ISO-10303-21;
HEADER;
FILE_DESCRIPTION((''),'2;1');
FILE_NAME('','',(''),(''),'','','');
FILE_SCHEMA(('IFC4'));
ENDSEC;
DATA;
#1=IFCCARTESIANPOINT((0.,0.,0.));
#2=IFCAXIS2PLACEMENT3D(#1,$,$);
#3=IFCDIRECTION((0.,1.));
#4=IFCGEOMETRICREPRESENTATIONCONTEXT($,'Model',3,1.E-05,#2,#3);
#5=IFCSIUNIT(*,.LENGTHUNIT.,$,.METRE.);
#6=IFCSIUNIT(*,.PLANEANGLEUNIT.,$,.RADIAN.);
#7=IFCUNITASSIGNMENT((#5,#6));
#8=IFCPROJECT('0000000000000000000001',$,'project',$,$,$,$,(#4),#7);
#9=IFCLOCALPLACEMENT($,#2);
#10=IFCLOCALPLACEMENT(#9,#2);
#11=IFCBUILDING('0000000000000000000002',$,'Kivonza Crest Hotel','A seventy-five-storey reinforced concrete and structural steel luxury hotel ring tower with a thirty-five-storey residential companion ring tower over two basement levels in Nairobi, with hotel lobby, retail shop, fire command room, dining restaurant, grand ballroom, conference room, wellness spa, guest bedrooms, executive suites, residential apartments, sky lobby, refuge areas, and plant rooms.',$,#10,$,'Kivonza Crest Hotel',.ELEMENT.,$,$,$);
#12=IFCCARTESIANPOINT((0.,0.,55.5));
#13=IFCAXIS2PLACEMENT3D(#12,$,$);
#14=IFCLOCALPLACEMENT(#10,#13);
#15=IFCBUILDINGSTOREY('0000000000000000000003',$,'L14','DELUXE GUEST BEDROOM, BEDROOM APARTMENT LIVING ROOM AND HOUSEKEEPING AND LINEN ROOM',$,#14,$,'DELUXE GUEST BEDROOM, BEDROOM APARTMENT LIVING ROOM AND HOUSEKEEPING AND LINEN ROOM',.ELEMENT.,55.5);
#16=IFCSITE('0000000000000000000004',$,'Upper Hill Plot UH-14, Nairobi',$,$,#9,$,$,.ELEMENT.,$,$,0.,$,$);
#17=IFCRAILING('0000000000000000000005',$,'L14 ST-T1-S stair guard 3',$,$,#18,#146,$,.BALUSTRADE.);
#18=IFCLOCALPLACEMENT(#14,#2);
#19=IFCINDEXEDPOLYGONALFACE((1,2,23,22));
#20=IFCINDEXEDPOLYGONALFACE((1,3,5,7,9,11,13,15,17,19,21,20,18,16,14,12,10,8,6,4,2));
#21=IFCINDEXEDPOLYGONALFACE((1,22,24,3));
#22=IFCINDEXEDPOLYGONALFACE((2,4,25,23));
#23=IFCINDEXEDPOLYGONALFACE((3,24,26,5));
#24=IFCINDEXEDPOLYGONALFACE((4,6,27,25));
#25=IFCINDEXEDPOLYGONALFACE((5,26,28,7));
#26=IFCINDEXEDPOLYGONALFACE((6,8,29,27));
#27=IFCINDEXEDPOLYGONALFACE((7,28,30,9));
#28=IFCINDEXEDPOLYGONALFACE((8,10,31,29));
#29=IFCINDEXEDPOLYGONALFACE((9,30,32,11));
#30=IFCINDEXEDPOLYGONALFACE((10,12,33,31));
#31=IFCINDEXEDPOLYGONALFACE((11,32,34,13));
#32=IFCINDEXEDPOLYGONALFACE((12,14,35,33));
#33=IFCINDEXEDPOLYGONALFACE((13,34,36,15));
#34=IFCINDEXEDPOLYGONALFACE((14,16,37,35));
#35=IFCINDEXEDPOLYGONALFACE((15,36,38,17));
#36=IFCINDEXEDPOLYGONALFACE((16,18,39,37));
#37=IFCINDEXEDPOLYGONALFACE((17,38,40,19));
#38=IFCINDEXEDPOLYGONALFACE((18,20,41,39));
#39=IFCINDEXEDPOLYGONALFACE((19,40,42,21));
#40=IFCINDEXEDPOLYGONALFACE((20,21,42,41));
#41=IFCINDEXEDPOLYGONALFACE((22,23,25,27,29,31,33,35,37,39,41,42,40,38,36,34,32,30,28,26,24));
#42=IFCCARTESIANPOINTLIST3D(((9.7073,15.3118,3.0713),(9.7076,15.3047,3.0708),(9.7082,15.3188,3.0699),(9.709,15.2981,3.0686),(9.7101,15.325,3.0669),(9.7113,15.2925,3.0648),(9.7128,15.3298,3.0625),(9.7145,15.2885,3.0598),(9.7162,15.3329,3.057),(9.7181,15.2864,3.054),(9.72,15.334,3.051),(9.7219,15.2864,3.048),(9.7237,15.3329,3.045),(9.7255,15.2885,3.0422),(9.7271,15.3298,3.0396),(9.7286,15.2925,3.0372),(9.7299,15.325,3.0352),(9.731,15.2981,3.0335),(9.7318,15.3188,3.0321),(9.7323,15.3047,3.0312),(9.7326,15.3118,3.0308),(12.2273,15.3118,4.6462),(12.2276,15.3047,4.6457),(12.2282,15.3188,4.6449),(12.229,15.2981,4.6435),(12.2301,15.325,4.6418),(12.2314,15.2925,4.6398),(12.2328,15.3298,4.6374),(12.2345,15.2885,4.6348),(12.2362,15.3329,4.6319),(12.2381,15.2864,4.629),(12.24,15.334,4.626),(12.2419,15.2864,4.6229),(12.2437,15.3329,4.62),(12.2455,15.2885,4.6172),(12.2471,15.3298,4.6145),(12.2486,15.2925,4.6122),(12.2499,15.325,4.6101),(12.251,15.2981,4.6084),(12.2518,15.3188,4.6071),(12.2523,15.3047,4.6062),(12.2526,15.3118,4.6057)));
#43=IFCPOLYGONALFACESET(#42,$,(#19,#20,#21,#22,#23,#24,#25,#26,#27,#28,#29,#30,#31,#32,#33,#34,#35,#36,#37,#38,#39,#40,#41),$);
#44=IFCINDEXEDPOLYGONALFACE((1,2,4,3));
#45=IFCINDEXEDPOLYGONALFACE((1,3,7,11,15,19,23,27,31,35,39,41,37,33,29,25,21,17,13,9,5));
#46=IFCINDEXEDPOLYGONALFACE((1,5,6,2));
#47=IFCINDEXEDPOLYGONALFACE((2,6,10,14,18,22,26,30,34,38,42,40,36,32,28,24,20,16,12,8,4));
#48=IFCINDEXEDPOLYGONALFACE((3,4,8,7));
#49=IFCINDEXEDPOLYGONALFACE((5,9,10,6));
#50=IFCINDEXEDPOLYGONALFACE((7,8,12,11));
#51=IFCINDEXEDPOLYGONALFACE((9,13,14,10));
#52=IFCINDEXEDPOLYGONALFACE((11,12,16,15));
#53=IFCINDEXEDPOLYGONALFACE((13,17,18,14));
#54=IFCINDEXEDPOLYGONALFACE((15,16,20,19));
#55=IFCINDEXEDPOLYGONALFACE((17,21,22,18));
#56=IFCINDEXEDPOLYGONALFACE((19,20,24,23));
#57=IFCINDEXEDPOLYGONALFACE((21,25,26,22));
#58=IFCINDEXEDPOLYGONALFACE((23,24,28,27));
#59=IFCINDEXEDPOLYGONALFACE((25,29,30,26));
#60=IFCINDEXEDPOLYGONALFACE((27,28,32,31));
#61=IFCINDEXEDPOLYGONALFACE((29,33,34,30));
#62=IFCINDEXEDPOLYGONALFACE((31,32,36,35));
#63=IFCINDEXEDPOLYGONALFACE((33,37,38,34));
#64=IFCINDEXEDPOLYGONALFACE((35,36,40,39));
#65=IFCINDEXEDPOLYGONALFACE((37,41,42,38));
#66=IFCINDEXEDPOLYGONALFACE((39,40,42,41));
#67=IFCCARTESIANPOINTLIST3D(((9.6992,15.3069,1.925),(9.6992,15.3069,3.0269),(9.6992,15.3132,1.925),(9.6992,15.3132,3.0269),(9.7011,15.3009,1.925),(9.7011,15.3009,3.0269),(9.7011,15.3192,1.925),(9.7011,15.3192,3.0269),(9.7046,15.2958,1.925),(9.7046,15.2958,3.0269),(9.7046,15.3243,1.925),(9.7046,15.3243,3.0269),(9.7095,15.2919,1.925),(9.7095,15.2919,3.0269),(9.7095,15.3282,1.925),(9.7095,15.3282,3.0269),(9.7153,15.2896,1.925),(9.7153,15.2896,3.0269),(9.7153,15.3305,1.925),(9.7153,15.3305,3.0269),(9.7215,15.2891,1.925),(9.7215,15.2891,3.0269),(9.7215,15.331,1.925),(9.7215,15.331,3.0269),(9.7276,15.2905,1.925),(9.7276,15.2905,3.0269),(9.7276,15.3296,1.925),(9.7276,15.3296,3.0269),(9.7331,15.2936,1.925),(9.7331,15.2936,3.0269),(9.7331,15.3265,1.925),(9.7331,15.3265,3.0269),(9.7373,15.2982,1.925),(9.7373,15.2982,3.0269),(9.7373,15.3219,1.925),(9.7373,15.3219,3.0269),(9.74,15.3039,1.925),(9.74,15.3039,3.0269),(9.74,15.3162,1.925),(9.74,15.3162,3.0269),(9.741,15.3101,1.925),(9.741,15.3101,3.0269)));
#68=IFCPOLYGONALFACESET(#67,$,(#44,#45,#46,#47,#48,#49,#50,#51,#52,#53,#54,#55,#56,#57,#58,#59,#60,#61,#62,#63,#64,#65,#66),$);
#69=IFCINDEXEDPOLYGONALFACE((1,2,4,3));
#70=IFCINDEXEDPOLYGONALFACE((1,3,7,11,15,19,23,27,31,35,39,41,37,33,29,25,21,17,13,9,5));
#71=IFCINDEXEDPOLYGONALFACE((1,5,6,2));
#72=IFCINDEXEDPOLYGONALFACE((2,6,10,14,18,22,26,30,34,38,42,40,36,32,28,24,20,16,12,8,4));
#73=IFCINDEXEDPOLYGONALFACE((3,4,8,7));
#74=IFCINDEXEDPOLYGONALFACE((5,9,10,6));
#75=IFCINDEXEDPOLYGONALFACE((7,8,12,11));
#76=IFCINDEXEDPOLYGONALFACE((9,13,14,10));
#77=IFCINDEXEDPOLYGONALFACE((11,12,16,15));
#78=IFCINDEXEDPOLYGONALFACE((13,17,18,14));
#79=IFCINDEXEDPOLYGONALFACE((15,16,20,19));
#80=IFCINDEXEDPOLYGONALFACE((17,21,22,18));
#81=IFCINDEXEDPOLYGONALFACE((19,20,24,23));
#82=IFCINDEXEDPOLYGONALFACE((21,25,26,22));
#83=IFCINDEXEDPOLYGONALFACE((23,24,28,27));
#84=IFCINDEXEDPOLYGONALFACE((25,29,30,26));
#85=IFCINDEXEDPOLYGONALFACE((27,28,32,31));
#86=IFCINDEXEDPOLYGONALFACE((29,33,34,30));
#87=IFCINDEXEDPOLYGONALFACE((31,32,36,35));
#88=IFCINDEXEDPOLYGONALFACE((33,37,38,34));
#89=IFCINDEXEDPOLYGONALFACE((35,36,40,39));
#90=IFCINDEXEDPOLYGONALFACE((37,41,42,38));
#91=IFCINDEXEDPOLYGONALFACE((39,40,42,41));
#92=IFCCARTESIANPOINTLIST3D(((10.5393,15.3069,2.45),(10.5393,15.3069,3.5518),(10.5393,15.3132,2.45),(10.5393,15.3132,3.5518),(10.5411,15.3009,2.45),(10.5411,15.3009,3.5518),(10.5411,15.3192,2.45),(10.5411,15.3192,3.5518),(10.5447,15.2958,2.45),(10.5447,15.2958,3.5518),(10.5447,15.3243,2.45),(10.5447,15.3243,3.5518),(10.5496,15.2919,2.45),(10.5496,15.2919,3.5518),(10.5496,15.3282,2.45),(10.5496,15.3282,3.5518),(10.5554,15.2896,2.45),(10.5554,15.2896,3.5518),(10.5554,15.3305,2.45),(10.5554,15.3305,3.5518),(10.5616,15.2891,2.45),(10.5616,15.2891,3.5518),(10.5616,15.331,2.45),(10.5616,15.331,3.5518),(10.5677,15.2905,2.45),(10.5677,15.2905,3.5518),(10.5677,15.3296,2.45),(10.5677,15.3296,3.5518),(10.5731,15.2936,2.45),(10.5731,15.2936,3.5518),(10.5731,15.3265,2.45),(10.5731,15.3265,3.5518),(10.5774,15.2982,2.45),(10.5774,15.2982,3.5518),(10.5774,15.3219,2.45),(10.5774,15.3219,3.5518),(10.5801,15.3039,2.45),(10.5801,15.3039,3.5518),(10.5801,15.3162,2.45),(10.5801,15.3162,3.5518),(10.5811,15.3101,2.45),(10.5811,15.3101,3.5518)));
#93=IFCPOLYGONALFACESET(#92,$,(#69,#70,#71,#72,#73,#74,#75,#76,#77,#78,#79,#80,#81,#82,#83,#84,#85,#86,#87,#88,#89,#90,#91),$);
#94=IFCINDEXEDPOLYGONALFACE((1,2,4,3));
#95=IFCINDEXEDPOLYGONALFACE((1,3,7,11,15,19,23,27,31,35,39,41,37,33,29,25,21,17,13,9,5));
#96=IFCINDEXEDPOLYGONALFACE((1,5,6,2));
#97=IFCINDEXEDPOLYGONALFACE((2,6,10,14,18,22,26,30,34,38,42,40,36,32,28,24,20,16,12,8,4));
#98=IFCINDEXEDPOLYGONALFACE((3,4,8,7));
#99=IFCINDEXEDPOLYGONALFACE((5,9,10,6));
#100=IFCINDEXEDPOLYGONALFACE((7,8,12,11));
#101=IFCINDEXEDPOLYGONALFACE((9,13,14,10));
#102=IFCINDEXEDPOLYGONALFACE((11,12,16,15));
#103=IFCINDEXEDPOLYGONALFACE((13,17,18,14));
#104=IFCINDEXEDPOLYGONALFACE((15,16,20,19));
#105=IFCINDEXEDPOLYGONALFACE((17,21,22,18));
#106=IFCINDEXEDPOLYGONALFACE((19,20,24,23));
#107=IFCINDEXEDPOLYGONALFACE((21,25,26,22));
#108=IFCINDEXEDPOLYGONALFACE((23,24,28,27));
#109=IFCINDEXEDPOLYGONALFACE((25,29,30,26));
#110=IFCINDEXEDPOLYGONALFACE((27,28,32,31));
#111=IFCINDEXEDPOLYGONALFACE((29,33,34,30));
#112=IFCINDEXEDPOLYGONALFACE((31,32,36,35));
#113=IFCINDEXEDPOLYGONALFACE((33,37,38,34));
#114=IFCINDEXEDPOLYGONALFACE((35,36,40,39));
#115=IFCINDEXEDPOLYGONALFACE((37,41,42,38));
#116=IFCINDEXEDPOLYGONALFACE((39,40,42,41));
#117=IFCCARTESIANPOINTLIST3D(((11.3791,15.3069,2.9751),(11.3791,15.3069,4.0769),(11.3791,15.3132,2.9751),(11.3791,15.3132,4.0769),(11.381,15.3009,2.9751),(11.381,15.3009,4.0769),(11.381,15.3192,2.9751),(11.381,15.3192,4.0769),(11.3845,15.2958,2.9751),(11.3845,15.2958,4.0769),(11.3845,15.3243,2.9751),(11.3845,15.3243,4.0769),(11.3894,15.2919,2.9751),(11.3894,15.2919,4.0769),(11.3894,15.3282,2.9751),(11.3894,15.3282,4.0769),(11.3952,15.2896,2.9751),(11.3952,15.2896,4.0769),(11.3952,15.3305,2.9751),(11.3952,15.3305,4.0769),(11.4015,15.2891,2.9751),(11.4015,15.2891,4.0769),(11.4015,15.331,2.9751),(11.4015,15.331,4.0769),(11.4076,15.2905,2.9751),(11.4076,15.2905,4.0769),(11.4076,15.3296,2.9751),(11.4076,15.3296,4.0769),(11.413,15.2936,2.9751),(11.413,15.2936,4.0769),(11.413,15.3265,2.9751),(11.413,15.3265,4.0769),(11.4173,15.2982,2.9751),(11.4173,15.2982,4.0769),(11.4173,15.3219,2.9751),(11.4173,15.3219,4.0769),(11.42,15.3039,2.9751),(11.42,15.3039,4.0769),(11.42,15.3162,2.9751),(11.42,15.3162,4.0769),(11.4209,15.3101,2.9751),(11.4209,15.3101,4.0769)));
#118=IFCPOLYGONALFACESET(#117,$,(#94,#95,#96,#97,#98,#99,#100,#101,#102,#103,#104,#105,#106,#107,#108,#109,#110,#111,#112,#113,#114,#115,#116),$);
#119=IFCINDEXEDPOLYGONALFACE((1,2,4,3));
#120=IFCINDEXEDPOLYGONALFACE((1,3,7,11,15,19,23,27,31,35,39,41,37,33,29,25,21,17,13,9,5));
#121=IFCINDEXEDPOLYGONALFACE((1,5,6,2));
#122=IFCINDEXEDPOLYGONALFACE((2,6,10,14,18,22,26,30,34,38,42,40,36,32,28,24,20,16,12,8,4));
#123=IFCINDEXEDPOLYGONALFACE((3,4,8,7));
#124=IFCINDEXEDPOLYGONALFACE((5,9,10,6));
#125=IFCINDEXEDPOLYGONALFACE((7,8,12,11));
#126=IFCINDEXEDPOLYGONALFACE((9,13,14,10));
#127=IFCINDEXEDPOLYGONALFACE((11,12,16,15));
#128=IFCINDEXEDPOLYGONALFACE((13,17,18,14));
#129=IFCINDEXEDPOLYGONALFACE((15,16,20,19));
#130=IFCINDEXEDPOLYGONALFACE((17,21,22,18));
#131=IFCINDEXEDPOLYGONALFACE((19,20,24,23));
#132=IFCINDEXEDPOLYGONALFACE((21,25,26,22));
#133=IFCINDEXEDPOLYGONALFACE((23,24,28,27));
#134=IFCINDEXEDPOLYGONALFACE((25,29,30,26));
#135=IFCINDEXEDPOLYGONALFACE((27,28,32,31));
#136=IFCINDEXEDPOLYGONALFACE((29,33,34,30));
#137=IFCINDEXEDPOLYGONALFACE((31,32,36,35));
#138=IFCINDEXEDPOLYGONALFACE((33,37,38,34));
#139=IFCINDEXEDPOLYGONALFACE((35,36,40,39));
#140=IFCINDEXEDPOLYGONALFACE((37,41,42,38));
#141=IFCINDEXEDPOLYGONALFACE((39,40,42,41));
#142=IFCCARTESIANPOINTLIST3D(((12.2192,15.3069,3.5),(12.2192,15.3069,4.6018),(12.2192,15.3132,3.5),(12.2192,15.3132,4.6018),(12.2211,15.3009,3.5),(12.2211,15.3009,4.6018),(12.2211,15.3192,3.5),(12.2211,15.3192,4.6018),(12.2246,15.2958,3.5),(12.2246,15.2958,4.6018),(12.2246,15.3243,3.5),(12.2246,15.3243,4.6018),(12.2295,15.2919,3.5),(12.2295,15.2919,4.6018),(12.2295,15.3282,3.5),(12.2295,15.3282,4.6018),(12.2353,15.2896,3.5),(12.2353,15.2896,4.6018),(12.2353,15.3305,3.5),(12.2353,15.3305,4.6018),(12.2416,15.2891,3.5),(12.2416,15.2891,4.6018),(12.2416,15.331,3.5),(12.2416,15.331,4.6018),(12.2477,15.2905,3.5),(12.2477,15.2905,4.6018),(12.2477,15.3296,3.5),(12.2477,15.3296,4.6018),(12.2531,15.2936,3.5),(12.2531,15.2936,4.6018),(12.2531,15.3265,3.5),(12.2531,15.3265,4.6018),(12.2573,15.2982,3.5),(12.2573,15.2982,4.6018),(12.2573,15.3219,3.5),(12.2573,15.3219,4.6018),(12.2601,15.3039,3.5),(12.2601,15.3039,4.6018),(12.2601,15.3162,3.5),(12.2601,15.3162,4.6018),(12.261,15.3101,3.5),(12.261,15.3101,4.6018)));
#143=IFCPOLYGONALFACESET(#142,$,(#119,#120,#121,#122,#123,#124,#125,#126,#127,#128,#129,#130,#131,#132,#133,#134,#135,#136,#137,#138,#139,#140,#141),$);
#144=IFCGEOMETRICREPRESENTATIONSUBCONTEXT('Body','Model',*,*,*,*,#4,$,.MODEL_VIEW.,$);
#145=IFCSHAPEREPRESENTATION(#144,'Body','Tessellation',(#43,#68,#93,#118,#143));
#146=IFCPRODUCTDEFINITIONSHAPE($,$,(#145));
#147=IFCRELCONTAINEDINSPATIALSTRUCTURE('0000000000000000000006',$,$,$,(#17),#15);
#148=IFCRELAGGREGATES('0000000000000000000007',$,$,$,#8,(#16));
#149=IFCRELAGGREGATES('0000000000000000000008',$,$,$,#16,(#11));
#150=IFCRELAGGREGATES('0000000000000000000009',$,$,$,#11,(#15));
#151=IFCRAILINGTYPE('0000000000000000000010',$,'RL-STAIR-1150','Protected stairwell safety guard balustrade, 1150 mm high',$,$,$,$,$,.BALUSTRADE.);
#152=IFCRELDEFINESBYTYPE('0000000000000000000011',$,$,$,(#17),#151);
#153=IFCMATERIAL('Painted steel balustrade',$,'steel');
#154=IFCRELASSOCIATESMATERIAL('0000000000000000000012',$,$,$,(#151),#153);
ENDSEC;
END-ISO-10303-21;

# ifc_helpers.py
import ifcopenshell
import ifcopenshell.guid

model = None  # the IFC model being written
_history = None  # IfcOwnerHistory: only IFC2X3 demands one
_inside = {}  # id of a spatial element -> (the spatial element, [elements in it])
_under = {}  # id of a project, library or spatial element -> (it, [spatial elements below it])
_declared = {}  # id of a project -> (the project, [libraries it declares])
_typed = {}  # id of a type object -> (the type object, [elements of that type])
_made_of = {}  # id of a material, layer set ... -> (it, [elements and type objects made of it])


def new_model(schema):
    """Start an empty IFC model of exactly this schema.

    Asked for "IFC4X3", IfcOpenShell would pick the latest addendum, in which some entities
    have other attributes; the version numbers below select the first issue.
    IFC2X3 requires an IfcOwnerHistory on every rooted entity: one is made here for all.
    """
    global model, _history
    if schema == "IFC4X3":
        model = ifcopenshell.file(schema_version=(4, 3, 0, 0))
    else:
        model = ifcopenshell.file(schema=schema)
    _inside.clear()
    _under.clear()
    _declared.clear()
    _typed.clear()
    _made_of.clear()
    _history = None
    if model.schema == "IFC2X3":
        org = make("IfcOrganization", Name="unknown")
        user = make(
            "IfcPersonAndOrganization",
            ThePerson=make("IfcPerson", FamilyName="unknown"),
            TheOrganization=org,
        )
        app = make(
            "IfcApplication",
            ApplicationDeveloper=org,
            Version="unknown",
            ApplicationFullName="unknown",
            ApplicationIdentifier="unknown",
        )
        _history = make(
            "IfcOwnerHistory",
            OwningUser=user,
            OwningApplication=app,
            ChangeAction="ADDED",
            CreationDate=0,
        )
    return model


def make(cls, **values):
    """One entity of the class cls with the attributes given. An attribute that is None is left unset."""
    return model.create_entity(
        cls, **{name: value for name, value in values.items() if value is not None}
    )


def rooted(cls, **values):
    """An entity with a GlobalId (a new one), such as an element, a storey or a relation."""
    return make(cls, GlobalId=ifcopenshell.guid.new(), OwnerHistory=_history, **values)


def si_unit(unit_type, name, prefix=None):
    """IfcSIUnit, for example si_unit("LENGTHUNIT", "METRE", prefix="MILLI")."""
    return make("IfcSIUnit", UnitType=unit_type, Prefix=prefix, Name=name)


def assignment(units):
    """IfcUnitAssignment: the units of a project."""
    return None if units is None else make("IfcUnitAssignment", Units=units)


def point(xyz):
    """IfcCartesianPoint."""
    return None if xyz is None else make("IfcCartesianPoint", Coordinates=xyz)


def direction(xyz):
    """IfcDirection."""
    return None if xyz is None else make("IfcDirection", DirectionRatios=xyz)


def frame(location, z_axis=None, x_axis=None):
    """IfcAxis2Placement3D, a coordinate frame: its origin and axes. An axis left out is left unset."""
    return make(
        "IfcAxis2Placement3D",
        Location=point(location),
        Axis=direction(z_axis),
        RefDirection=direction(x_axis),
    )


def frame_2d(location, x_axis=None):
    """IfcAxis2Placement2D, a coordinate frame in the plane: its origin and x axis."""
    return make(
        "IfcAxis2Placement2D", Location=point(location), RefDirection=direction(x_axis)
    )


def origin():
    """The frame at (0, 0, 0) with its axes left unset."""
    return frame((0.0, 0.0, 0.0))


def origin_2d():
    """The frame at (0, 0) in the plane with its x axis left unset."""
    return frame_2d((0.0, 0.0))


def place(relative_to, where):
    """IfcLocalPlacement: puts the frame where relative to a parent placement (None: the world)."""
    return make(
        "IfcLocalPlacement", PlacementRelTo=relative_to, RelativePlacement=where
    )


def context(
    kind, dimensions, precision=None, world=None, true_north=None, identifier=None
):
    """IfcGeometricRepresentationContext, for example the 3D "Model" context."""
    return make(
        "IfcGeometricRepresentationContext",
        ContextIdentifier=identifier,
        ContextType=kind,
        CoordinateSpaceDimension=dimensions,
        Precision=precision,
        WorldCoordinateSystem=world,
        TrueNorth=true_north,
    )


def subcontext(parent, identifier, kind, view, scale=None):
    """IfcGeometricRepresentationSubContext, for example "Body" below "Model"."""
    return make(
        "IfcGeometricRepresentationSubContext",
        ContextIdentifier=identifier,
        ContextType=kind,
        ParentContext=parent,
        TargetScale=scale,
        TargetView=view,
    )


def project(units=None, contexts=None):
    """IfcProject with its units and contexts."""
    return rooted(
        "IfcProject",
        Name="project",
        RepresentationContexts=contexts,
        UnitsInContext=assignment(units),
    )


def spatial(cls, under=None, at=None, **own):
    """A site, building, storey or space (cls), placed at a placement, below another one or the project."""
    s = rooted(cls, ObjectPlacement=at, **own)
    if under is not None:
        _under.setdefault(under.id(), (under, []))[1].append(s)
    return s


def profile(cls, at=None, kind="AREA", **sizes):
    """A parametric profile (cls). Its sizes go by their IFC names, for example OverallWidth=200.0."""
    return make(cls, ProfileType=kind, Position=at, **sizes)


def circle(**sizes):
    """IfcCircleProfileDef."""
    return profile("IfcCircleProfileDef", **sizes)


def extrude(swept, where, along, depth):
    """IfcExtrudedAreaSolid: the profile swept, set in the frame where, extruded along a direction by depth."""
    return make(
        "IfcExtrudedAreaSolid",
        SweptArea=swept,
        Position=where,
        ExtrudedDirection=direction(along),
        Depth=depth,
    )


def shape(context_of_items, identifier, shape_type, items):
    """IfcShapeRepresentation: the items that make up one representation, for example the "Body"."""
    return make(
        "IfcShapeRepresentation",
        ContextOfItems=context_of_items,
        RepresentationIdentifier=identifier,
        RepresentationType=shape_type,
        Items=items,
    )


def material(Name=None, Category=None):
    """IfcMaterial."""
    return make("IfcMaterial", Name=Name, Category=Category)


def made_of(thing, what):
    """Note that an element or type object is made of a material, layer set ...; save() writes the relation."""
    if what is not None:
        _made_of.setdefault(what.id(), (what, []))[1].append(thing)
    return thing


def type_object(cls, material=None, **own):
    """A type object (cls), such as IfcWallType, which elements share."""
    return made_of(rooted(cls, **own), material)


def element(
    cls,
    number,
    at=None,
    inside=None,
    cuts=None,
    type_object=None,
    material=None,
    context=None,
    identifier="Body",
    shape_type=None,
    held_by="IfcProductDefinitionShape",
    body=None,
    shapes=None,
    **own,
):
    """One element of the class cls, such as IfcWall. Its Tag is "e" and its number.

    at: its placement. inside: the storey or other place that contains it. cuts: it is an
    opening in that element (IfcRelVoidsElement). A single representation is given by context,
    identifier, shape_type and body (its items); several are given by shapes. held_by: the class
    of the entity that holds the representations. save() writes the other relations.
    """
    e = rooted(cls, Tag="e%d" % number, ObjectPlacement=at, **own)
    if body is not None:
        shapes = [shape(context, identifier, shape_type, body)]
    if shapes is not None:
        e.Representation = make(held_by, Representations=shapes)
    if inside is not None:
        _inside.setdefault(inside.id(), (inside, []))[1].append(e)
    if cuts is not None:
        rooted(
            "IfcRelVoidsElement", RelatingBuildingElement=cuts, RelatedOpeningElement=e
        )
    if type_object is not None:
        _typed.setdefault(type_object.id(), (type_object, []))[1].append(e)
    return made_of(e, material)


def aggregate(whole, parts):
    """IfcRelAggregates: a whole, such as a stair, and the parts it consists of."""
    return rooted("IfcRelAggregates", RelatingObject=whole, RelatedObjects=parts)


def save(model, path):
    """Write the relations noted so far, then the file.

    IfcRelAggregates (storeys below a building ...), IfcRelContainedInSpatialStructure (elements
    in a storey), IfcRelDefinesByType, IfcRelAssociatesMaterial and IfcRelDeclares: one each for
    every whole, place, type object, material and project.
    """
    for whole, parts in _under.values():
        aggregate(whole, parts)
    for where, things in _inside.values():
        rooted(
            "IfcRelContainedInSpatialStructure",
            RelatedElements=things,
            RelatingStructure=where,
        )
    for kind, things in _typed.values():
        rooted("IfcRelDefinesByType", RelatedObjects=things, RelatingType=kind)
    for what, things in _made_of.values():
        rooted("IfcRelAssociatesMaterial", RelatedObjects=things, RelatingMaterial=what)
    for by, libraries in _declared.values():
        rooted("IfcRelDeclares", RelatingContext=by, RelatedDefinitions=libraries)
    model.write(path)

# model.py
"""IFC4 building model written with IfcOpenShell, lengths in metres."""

from ifc_helpers import new_model, si_unit, direction, frame, origin, origin_2d, place, context, subcontext, project, spatial, circle, extrude, material, type_object, element, save


model = new_model("IFC4")

# Units and contexts
model_context = context("Model", 3, precision=1e-05, world=origin(), true_north=direction((0.0, 1.0)))
body_context = subcontext(model_context, "Body", "Model", "MODEL_VIEW")
ifc_project = project(units=[si_unit("LENGTHUNIT", "METRE"), si_unit("PLANEANGLEUNIT", "RADIAN")], contexts=[model_context])

# Site, building, storey
site_placement = place(None, origin())
site = spatial("IfcSite", under=ifc_project, at=site_placement, Name="Upper Hill Plot UH-14, Nairobi", CompositionType="ELEMENT", RefElevation=0.0)
building_placement = place(site_placement, origin())
building = spatial("IfcBuilding", under=site, at=building_placement, Name="Kivonza Crest Hotel", Description="A seventy-five-storey reinforced concrete and structural steel luxury hotel ring tower with a thirty-five-storey residential companion ring tower over two basement levels in Nairobi, with hotel lobby, retail shop, fire command room, dining restaurant, grand ballroom, conference room, wellness spa, guest bedrooms, executive suites, residential apartments, sky lobby, refuge areas, and plant rooms.", LongName="Kivonza Crest Hotel", CompositionType="ELEMENT")
storey_placement = place(building_placement, frame((0.0, 0.0, 55.5)))
storey = spatial("IfcBuildingStorey", under=building, at=storey_placement, Name="L14", Description="DELUXE GUEST BEDROOM, BEDROOM APARTMENT LIVING ROOM AND HOUSEKEEPING AND LINEN ROOM", LongName="DELUXE GUEST BEDROOM, BEDROOM APARTMENT LIVING ROOM AND HOUSEKEEPING AND LINEN ROOM", CompositionType="ELEMENT", Elevation=55.5)

# Railing
ifc_material_1 = material(Name="Painted steel balustrade", Category="steel")
railing_type_1 = type_object("IfcRailingType", Name="RL-STAIR-1150", Description="Protected stairwell safety guard balustrade, 1150 mm high", PredefinedType="BALUSTRADE", material=ifc_material_1)
railing_1_placement = place(storey_placement, frame((9.72, 15.3101, 1.925)))
element("IfcRailing", 1, at=railing_1_placement, inside=storey, type_object=railing_type_1, Name="L14 ST-T1-S stair guard 3", PredefinedType="BALUSTRADE", context=body_context, shape_type="SweptSolid", body=[
    extrude(circle(Radius=0.0239, at=origin_2d()), frame((0.0, 0.0, 1.126), z_axis=(0.848008, 0.0, 0.529984), x_axis=(0.0, 1.0, 0.0)), (0.0, 0.0, 1.0), 2.9717),
    extrude(circle(Radius=0.021, at=origin_2d()), origin(), (0.0, 0.0, 1.0), 1.1018),
    extrude(circle(Radius=0.021, at=origin_2d()), frame((0.8401, 0.0, 0.5249)), (0.0, 0.0, 1.0), 1.1018),
    extrude(circle(Radius=0.021, at=origin_2d()), frame((1.6799, 0.0, 1.05)), (0.0, 0.0, 1.0), 1.1018),
    extrude(circle(Radius=0.021, at=origin_2d()), frame((2.52, 0.0, 1.575)), (0.0, 0.0, 1.0), 1.1018),
])

save(model, "model.ifc")
